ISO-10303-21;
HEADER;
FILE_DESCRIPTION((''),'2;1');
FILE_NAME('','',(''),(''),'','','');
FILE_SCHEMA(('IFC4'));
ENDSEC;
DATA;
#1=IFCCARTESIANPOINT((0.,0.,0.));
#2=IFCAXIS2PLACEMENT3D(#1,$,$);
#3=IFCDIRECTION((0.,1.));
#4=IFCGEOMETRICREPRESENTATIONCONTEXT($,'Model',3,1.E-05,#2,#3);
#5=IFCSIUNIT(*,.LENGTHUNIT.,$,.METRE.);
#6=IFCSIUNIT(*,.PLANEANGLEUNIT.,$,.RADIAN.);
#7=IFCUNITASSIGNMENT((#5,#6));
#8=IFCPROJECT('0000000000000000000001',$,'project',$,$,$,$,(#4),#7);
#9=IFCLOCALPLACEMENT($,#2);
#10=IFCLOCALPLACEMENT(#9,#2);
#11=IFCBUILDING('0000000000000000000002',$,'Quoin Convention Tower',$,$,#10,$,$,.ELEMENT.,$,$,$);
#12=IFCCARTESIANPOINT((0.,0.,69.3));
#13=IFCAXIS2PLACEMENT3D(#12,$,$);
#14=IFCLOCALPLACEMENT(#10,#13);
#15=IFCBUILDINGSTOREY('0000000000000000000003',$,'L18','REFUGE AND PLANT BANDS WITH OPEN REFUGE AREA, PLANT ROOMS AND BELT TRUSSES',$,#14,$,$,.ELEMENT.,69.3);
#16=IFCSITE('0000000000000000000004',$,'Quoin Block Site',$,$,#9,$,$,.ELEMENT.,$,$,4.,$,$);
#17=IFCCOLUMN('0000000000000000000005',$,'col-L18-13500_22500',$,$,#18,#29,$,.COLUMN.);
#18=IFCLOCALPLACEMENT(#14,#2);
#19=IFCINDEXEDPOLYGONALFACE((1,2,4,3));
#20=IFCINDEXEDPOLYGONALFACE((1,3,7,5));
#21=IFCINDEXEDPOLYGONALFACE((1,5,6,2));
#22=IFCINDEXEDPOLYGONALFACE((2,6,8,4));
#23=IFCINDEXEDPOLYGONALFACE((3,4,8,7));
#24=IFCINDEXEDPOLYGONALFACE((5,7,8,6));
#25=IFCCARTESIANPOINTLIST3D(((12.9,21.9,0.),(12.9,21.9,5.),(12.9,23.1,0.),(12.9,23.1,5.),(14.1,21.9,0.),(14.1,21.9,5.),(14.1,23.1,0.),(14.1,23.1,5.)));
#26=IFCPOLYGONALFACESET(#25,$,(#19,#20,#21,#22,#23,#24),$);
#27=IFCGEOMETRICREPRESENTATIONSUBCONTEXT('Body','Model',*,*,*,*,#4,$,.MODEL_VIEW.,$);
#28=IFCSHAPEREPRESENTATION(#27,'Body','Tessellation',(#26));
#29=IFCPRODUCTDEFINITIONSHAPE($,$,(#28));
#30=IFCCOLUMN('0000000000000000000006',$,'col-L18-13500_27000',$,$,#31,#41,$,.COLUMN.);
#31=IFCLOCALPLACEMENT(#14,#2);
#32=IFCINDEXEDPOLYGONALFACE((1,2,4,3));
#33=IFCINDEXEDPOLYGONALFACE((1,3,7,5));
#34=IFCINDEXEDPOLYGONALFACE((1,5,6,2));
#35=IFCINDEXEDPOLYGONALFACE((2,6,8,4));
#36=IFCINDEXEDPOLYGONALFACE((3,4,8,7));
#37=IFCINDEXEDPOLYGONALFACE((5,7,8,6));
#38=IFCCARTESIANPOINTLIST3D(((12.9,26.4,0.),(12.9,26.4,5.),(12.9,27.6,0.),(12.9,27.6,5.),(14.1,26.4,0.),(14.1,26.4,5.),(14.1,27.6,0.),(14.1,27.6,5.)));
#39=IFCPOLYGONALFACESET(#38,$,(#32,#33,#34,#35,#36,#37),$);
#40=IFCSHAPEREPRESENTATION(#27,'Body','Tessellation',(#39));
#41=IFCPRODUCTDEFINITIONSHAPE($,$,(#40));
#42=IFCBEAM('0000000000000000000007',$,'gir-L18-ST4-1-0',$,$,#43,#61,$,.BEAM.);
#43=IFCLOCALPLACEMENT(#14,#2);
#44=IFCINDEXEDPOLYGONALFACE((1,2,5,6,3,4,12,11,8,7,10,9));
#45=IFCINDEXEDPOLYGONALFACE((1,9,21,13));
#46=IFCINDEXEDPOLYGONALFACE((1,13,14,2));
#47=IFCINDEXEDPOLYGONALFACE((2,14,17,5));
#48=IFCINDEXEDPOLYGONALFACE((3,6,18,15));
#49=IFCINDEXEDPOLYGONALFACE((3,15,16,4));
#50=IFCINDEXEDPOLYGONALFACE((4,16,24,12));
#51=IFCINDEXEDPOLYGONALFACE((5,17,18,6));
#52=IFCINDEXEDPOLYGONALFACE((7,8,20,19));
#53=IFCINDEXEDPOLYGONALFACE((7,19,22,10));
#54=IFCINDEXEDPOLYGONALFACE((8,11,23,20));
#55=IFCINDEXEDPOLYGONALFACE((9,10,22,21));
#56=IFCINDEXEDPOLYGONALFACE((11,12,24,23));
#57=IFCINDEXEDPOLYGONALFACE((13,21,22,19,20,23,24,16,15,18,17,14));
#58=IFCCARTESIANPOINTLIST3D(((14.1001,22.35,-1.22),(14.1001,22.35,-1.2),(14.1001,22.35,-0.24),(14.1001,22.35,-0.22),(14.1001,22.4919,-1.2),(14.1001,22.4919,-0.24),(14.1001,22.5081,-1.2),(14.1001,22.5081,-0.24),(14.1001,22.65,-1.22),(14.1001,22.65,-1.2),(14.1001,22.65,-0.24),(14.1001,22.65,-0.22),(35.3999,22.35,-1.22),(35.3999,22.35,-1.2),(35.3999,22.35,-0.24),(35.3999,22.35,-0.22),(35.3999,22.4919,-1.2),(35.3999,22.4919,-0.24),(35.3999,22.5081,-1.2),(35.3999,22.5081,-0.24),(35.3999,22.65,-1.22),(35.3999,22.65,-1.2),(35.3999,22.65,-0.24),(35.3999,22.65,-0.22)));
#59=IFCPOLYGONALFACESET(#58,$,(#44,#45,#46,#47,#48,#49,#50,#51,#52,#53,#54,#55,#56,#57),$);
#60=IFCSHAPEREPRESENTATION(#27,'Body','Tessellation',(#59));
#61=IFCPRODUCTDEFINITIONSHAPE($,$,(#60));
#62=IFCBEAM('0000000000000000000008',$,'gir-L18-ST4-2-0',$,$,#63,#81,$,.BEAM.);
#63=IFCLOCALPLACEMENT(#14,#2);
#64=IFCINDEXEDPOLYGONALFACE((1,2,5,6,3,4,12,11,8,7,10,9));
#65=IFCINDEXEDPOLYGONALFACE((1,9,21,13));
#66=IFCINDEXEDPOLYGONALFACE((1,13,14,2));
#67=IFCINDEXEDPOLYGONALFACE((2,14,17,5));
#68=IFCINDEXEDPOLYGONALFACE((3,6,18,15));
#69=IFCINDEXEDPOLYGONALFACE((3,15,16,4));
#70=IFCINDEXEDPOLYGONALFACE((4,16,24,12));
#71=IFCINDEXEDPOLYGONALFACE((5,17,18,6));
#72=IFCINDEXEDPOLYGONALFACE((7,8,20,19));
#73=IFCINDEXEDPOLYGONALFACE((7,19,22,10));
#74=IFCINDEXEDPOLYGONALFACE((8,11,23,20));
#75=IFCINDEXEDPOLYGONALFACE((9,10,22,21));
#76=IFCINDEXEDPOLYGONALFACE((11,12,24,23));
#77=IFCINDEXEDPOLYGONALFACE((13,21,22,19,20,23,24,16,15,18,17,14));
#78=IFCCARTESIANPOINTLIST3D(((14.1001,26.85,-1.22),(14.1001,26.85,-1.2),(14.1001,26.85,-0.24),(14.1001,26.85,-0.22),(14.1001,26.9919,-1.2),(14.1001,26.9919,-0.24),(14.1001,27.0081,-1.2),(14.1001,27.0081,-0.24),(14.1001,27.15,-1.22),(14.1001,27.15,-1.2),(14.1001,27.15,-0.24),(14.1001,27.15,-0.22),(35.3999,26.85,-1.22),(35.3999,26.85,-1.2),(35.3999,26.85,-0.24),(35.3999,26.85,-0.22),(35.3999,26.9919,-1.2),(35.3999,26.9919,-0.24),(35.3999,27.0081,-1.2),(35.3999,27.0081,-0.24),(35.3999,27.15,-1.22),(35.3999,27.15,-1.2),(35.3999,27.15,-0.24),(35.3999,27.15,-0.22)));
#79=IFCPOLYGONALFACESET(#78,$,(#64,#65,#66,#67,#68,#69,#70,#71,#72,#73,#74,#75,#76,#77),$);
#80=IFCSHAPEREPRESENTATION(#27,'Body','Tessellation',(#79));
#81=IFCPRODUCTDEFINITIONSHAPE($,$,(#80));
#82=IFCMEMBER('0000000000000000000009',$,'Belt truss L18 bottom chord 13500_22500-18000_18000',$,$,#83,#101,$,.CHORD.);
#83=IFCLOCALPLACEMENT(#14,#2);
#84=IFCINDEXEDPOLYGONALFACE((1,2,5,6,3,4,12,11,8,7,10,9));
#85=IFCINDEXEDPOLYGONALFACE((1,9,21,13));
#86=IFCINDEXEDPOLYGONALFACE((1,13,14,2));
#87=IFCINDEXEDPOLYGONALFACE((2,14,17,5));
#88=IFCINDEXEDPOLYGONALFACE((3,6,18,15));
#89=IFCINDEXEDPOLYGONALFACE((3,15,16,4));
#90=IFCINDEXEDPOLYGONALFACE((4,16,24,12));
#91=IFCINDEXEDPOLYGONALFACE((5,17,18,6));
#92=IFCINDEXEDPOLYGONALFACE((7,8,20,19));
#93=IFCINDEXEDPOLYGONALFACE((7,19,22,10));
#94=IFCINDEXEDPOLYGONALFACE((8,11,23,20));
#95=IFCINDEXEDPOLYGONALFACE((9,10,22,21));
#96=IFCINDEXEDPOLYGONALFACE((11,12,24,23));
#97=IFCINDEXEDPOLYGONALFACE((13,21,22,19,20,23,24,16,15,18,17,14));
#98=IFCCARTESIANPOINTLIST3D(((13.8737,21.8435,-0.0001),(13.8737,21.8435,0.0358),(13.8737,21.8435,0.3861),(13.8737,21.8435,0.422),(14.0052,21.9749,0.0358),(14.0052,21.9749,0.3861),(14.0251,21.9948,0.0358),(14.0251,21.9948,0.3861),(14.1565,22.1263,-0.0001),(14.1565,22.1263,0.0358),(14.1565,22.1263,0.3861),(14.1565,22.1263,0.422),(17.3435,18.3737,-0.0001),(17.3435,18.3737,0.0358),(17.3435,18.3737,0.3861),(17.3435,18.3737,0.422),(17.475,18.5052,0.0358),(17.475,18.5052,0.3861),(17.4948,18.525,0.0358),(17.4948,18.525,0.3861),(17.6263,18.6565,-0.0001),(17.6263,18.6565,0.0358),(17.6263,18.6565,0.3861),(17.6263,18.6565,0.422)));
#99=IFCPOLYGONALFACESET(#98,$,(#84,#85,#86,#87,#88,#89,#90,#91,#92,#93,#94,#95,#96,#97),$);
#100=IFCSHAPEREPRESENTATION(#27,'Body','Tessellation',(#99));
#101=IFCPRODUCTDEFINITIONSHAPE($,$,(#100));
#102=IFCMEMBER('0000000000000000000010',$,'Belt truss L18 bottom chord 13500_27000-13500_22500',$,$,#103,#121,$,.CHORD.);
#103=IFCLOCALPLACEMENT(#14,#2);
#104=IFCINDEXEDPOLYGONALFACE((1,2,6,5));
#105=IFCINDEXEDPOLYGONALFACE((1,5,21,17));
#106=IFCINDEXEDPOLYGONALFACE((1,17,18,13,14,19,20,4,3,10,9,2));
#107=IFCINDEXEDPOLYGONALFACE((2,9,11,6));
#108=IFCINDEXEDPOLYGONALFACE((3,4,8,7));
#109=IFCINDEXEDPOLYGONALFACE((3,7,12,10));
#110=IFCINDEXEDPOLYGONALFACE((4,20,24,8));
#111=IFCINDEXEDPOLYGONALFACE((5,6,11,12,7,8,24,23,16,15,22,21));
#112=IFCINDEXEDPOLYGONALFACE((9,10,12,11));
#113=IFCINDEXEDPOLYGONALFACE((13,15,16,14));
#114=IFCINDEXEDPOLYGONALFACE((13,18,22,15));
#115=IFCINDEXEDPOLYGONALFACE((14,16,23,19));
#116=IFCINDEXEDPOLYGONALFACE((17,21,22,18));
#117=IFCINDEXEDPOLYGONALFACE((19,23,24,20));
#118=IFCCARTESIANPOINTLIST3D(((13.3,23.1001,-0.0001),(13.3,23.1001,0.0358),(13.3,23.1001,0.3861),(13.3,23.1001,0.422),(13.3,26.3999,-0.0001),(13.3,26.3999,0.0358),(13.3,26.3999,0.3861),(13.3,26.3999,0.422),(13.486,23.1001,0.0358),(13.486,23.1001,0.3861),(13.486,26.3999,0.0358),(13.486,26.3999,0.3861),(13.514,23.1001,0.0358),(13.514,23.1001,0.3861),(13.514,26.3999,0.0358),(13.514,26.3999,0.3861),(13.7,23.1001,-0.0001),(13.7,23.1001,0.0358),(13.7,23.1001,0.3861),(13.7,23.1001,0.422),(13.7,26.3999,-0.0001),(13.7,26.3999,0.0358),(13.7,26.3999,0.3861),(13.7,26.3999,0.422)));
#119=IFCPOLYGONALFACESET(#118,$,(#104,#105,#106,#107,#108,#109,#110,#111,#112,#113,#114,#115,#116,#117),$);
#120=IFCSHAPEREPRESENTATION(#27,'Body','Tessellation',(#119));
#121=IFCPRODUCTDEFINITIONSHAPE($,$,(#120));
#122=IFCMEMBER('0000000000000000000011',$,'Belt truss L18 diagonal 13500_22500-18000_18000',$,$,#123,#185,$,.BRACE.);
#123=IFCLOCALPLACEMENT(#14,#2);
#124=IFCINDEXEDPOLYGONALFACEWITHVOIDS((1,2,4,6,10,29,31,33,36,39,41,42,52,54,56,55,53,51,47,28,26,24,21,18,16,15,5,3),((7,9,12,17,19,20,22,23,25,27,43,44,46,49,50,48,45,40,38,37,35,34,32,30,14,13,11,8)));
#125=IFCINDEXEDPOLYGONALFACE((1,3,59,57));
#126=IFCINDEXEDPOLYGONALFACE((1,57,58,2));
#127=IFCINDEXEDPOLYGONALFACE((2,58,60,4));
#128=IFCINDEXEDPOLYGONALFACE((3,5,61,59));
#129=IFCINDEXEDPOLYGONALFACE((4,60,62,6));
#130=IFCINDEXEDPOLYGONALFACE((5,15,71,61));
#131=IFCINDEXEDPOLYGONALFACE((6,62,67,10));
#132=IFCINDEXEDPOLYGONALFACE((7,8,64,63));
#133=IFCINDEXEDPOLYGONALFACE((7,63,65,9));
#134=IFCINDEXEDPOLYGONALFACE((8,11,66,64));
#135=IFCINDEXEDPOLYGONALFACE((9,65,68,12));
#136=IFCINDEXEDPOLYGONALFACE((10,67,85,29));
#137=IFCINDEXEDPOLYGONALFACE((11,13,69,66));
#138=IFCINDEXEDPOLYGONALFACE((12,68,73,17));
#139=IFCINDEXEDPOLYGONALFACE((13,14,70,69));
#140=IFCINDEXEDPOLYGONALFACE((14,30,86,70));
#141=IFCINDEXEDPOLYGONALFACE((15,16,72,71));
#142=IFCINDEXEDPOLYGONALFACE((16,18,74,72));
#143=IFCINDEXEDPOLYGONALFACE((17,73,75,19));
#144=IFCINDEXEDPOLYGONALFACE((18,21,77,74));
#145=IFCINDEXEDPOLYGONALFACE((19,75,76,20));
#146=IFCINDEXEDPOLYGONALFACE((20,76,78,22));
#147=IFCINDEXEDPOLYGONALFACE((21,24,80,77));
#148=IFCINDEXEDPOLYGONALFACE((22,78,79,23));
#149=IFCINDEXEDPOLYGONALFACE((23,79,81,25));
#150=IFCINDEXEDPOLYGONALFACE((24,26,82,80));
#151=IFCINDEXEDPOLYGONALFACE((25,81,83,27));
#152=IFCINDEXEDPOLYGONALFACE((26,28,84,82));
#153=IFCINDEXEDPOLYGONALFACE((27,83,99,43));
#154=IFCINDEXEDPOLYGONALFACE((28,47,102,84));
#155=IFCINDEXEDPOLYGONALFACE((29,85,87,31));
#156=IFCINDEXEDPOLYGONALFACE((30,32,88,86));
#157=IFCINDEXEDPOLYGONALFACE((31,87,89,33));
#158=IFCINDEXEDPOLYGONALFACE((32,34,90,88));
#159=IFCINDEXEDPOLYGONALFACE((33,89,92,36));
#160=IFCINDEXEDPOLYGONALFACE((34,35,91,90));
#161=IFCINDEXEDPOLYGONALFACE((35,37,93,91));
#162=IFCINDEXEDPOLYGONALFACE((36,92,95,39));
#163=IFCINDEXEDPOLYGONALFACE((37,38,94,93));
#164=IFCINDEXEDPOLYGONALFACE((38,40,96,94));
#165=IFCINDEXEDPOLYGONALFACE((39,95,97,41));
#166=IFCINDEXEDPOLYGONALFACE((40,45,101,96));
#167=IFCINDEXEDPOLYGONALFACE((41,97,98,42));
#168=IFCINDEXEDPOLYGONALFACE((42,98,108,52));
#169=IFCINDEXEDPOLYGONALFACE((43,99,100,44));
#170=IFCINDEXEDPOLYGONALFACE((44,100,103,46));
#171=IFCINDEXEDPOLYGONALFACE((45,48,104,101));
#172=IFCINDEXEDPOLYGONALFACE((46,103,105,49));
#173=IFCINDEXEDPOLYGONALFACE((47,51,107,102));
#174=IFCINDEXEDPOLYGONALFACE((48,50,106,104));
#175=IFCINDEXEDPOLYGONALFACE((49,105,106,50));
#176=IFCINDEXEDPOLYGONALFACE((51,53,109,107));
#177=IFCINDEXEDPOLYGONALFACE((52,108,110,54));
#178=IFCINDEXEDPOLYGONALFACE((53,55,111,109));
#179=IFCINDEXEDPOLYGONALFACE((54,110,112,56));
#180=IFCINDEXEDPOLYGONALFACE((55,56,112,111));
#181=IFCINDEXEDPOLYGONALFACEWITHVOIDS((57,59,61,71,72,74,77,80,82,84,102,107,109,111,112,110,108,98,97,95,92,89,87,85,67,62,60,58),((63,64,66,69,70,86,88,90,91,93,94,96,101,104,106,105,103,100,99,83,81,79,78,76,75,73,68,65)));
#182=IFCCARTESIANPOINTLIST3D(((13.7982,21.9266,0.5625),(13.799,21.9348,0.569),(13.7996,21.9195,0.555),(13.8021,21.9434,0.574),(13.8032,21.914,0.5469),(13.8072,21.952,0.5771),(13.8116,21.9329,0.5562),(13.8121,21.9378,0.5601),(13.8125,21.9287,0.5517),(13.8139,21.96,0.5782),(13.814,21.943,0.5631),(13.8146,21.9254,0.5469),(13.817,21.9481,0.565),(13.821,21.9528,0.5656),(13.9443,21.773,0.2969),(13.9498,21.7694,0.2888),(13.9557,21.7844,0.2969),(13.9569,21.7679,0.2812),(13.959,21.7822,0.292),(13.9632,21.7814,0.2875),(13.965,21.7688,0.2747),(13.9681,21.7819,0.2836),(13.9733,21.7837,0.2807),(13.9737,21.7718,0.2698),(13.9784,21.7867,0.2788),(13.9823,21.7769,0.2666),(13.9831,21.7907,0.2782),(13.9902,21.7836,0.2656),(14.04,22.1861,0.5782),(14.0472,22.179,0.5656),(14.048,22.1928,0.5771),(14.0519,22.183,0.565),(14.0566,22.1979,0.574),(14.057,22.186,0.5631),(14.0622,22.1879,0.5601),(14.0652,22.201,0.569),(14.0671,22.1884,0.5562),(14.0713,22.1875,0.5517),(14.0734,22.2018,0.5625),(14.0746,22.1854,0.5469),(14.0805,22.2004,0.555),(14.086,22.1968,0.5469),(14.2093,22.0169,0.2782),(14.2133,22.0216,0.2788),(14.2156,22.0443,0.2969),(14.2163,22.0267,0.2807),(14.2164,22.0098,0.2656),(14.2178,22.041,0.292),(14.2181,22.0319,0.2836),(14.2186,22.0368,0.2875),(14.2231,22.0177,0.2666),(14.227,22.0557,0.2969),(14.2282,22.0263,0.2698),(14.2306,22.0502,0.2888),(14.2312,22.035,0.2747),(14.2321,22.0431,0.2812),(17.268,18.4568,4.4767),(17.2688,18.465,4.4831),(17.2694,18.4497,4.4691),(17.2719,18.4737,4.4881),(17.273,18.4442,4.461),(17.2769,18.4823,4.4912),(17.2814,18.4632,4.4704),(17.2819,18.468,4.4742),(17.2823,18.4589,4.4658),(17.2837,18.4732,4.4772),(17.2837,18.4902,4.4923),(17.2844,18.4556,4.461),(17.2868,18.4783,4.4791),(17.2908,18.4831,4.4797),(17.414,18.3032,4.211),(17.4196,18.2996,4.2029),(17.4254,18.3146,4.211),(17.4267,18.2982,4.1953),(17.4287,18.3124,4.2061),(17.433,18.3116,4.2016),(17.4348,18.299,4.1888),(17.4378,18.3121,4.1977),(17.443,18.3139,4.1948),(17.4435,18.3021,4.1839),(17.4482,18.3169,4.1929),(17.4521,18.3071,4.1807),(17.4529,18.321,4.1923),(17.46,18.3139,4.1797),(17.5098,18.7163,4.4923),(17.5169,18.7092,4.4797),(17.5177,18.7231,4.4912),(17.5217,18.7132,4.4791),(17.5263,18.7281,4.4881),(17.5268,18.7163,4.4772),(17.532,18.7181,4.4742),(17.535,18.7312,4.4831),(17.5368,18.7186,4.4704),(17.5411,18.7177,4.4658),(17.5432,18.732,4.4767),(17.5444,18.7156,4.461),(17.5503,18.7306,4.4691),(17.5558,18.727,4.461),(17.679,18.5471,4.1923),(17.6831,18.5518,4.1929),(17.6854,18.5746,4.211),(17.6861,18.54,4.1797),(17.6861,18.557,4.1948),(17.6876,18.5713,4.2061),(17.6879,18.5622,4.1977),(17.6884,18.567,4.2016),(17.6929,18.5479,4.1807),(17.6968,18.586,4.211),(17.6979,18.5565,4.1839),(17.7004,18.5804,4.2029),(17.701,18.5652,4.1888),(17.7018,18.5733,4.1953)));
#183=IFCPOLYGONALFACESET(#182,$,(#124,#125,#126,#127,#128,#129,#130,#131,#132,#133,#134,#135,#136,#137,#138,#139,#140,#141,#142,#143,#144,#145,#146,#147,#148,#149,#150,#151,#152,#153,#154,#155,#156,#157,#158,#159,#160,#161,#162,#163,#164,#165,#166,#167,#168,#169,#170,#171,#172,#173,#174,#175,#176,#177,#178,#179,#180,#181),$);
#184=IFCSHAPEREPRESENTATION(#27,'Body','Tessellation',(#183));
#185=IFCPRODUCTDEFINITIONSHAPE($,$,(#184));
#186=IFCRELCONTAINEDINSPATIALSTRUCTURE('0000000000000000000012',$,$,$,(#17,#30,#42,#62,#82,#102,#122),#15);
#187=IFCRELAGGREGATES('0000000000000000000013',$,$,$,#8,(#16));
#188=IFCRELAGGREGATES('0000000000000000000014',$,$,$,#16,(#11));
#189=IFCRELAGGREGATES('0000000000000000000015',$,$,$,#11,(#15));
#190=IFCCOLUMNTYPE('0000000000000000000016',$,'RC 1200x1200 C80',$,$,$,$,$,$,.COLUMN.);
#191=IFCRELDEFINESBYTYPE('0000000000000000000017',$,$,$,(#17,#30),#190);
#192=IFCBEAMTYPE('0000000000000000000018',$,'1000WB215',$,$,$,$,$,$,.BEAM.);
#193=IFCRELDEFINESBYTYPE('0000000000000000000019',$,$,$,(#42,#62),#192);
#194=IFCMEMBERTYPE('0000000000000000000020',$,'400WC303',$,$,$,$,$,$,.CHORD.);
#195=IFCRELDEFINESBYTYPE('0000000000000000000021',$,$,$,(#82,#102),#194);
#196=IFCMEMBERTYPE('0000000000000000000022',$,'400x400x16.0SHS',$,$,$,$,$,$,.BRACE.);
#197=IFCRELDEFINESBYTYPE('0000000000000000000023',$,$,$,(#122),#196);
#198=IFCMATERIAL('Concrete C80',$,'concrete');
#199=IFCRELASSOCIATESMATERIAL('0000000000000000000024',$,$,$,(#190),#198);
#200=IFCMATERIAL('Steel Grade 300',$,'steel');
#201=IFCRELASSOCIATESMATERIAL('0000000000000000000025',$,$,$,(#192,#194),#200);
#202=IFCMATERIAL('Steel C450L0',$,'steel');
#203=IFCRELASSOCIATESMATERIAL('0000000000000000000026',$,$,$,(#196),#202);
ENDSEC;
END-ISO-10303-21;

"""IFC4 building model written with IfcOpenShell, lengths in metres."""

from ifc_helpers import new_model, si_unit, direction, frame, origin, origin_2d, place, context, subcontext, project, spatial, rectangle, hollow_rectangle, i_section, extrude, material, material_profile, profile_set, type_object, element, save


model = new_model("IFC4")

# Units and contexts
model_context = context("Model", 3, precision=1e-05, world=origin(), true_north=direction((0.0, 1.0)))
body_context = subcontext(model_context, "Body", "Model", "MODEL_VIEW")
ifc_project = project(units=[si_unit("LENGTHUNIT", "METRE"), si_unit("PLANEANGLEUNIT", "RADIAN")], contexts=[model_context])

# Site, building, storey
site_placement = place(None, origin())
site = spatial("IfcSite", under=ifc_project, at=site_placement, Name="Quoin Block Site", CompositionType="ELEMENT", RefElevation=4.0)
building_placement = place(site_placement, origin())
building = spatial("IfcBuilding", under=site, at=building_placement, Name="Quoin Convention Tower", CompositionType="ELEMENT")
storey_placement = place(building_placement, frame((0.0, 0.0, 69.3)))
storey = spatial("IfcBuildingStorey", under=building, at=storey_placement, Name="L18", Description="REFUGE AND PLANT BANDS WITH OPEN REFUGE AREA, PLANT ROOMS AND BELT TRUSSES", CompositionType="ELEMENT", Elevation=69.3)

# Columns
ifc_material_1 = material(Name="Concrete C80", Category="concrete")
ifc_material_profile_1 = material_profile(ifc_material_1, rectangle(XDim=1.2, YDim=1.2, at=origin_2d()), Name="RC 1200x1200")
ifc_profile_set_1 = profile_set([ifc_material_profile_1], Name="Concrete C80")
column_type = type_object("IfcColumnType", Name="RC 1200x1200 C80", PredefinedType="COLUMN", material=ifc_profile_set_1)
for number, where, z_axis, x_axis, name in (
    (1, (13.5, 22.5, 0.0), (0.0, 0.0, 1.0), (1.0, 0.0, 0.0), "col-L18-13500_22500"),
    (2, (13.5, 27.0, 0.0), (0.0, 0.0, 1.0), (1.0, 0.0, 0.0), "col-L18-13500_27000"),
):
    element("IfcColumn", number, at=place(storey_placement, frame(where, z_axis=z_axis, x_axis=x_axis)), inside=storey, type_object=column_type, Name=name, PredefinedType="COLUMN", context=body_context, shape_type="SweptSolid", body=[
        extrude(rectangle(XDim=1.2, YDim=1.2, at=origin_2d()), origin(), (0.0, 0.0, 1.0), 5.0),
    ])

# Beams
ifc_material_2 = material(Name="Steel Grade 300", Category="steel")
ifc_material_profile_2 = material_profile(ifc_material_2, i_section(OverallWidth=0.3, OverallDepth=1.0, WebThickness=0.0161, FlangeThickness=0.02, at=origin_2d()), Name="1000WB215")
ifc_profile_set_2 = profile_set([ifc_material_profile_2], Name="Steel Grade 300")
beam_type_1 = type_object("IfcBeamType", Name="1000WB215", PredefinedType="BEAM", material=ifc_profile_set_2)
for number, where, z_axis, x_axis, name in (
    (3, (14.1001, 22.5, -0.72), (1.0, 0.0, 0.0), (0.0, 1.0, 0.0), "gir-L18-ST4-1-0"),
    (4, (14.1001, 27.0, -0.72), (1.0, 0.0, 0.0), (0.0, 1.0, 0.0), "gir-L18-ST4-2-0"),
):
    element("IfcBeam", number, at=place(storey_placement, frame(where, z_axis=z_axis, x_axis=x_axis)), inside=storey, type_object=beam_type_1, Name=name, PredefinedType="BEAM", context=body_context, shape_type="SweptSolid", body=[
        extrude(i_section(OverallWidth=0.3, OverallDepth=1.0, WebThickness=0.0161, FlangeThickness=0.02, at=origin_2d()), origin(), (0.0, 0.0, 1.0), 21.2998),
    ])

# Members
ifc_material_profile_3 = material_profile(ifc_material_2, i_section(OverallWidth=0.3999, OverallDepth=0.4221, WebThickness=0.0281, FlangeThickness=0.0359, at=origin_2d()), Name="400WC303")
ifc_profile_set_3 = profile_set([ifc_material_profile_3], Name="Steel Grade 300")
member_type_1 = type_object("IfcMemberType", Name="400WC303", PredefinedType="CHORD", material=ifc_profile_set_3)
member_1_placement = place(storey_placement, frame((14.0151, 21.9849, 0.2109), z_axis=(0.707107, -0.707107, 0.0), x_axis=(0.707107, 0.707107, 0.0)))
element("IfcMember", 5, at=member_1_placement, inside=storey, type_object=member_type_1, Name="Belt truss L18 bottom chord 13500_22500-18000_18000", PredefinedType="CHORD", context=body_context, shape_type="SweptSolid", body=[
    extrude(i_section(OverallWidth=0.3999, OverallDepth=0.4221, WebThickness=0.0281, FlangeThickness=0.0359, at=origin_2d()), origin(), (0.0, 0.0, 1.0), 4.907),
])
member_2_placement = place(storey_placement, frame((13.5, 26.3999, 0.2109), z_axis=(0.0, -1.0, 0.0), x_axis=(1.0, 0.0, 0.0)))
element("IfcMember", 6, at=member_2_placement, inside=storey, type_object=member_type_1, Name="Belt truss L18 bottom chord 13500_27000-13500_22500", PredefinedType="CHORD", context=body_context, shape_type="SweptSolid", body=[
    extrude(i_section(OverallWidth=0.3999, OverallDepth=0.4221, WebThickness=0.0281, FlangeThickness=0.0359, at=origin_2d()), origin(), (0.0, 0.0, 1.0), 3.2998),
])
ifc_material_3 = material(Name="Steel C450L0", Category="steel")
ifc_material_profile_4 = material_profile(ifc_material_3, hollow_rectangle(XDim=0.3999, YDim=0.3999, WallThickness=0.0161, InnerFilletRadius=0.0239, OuterFilletRadius=0.04, at=origin_2d()), Name="400x400x16.0SHS")
ifc_profile_set_4 = profile_set([ifc_material_profile_4], Name="Steel C450L0")
member_type_2 = type_object("IfcMemberType", Name="400x400x16.0SHS", PredefinedType="BRACE", material=ifc_profile_set_4)
member_3_placement = place(storey_placement, frame((14.0151, 21.9849, 0.4219), z_axis=(0.552788, -0.552788, 0.623579), x_axis=(0.707107, 0.707107, 0.0)))
element("IfcMember", 7, at=member_3_placement, inside=storey, type_object=member_type_2, Name="Belt truss L18 diagonal 13500_22500-18000_18000", PredefinedType="BRACE", context=body_context, shape_type="SweptSolid", body=[
    extrude(hollow_rectangle(XDim=0.3999, YDim=0.3999, WallThickness=0.0161, InnerFilletRadius=0.0239, OuterFilletRadius=0.04, at=origin_2d()), origin(), (0.0, 0.0, 1.0), 6.2769),
])

save(model, "model.ifc")
